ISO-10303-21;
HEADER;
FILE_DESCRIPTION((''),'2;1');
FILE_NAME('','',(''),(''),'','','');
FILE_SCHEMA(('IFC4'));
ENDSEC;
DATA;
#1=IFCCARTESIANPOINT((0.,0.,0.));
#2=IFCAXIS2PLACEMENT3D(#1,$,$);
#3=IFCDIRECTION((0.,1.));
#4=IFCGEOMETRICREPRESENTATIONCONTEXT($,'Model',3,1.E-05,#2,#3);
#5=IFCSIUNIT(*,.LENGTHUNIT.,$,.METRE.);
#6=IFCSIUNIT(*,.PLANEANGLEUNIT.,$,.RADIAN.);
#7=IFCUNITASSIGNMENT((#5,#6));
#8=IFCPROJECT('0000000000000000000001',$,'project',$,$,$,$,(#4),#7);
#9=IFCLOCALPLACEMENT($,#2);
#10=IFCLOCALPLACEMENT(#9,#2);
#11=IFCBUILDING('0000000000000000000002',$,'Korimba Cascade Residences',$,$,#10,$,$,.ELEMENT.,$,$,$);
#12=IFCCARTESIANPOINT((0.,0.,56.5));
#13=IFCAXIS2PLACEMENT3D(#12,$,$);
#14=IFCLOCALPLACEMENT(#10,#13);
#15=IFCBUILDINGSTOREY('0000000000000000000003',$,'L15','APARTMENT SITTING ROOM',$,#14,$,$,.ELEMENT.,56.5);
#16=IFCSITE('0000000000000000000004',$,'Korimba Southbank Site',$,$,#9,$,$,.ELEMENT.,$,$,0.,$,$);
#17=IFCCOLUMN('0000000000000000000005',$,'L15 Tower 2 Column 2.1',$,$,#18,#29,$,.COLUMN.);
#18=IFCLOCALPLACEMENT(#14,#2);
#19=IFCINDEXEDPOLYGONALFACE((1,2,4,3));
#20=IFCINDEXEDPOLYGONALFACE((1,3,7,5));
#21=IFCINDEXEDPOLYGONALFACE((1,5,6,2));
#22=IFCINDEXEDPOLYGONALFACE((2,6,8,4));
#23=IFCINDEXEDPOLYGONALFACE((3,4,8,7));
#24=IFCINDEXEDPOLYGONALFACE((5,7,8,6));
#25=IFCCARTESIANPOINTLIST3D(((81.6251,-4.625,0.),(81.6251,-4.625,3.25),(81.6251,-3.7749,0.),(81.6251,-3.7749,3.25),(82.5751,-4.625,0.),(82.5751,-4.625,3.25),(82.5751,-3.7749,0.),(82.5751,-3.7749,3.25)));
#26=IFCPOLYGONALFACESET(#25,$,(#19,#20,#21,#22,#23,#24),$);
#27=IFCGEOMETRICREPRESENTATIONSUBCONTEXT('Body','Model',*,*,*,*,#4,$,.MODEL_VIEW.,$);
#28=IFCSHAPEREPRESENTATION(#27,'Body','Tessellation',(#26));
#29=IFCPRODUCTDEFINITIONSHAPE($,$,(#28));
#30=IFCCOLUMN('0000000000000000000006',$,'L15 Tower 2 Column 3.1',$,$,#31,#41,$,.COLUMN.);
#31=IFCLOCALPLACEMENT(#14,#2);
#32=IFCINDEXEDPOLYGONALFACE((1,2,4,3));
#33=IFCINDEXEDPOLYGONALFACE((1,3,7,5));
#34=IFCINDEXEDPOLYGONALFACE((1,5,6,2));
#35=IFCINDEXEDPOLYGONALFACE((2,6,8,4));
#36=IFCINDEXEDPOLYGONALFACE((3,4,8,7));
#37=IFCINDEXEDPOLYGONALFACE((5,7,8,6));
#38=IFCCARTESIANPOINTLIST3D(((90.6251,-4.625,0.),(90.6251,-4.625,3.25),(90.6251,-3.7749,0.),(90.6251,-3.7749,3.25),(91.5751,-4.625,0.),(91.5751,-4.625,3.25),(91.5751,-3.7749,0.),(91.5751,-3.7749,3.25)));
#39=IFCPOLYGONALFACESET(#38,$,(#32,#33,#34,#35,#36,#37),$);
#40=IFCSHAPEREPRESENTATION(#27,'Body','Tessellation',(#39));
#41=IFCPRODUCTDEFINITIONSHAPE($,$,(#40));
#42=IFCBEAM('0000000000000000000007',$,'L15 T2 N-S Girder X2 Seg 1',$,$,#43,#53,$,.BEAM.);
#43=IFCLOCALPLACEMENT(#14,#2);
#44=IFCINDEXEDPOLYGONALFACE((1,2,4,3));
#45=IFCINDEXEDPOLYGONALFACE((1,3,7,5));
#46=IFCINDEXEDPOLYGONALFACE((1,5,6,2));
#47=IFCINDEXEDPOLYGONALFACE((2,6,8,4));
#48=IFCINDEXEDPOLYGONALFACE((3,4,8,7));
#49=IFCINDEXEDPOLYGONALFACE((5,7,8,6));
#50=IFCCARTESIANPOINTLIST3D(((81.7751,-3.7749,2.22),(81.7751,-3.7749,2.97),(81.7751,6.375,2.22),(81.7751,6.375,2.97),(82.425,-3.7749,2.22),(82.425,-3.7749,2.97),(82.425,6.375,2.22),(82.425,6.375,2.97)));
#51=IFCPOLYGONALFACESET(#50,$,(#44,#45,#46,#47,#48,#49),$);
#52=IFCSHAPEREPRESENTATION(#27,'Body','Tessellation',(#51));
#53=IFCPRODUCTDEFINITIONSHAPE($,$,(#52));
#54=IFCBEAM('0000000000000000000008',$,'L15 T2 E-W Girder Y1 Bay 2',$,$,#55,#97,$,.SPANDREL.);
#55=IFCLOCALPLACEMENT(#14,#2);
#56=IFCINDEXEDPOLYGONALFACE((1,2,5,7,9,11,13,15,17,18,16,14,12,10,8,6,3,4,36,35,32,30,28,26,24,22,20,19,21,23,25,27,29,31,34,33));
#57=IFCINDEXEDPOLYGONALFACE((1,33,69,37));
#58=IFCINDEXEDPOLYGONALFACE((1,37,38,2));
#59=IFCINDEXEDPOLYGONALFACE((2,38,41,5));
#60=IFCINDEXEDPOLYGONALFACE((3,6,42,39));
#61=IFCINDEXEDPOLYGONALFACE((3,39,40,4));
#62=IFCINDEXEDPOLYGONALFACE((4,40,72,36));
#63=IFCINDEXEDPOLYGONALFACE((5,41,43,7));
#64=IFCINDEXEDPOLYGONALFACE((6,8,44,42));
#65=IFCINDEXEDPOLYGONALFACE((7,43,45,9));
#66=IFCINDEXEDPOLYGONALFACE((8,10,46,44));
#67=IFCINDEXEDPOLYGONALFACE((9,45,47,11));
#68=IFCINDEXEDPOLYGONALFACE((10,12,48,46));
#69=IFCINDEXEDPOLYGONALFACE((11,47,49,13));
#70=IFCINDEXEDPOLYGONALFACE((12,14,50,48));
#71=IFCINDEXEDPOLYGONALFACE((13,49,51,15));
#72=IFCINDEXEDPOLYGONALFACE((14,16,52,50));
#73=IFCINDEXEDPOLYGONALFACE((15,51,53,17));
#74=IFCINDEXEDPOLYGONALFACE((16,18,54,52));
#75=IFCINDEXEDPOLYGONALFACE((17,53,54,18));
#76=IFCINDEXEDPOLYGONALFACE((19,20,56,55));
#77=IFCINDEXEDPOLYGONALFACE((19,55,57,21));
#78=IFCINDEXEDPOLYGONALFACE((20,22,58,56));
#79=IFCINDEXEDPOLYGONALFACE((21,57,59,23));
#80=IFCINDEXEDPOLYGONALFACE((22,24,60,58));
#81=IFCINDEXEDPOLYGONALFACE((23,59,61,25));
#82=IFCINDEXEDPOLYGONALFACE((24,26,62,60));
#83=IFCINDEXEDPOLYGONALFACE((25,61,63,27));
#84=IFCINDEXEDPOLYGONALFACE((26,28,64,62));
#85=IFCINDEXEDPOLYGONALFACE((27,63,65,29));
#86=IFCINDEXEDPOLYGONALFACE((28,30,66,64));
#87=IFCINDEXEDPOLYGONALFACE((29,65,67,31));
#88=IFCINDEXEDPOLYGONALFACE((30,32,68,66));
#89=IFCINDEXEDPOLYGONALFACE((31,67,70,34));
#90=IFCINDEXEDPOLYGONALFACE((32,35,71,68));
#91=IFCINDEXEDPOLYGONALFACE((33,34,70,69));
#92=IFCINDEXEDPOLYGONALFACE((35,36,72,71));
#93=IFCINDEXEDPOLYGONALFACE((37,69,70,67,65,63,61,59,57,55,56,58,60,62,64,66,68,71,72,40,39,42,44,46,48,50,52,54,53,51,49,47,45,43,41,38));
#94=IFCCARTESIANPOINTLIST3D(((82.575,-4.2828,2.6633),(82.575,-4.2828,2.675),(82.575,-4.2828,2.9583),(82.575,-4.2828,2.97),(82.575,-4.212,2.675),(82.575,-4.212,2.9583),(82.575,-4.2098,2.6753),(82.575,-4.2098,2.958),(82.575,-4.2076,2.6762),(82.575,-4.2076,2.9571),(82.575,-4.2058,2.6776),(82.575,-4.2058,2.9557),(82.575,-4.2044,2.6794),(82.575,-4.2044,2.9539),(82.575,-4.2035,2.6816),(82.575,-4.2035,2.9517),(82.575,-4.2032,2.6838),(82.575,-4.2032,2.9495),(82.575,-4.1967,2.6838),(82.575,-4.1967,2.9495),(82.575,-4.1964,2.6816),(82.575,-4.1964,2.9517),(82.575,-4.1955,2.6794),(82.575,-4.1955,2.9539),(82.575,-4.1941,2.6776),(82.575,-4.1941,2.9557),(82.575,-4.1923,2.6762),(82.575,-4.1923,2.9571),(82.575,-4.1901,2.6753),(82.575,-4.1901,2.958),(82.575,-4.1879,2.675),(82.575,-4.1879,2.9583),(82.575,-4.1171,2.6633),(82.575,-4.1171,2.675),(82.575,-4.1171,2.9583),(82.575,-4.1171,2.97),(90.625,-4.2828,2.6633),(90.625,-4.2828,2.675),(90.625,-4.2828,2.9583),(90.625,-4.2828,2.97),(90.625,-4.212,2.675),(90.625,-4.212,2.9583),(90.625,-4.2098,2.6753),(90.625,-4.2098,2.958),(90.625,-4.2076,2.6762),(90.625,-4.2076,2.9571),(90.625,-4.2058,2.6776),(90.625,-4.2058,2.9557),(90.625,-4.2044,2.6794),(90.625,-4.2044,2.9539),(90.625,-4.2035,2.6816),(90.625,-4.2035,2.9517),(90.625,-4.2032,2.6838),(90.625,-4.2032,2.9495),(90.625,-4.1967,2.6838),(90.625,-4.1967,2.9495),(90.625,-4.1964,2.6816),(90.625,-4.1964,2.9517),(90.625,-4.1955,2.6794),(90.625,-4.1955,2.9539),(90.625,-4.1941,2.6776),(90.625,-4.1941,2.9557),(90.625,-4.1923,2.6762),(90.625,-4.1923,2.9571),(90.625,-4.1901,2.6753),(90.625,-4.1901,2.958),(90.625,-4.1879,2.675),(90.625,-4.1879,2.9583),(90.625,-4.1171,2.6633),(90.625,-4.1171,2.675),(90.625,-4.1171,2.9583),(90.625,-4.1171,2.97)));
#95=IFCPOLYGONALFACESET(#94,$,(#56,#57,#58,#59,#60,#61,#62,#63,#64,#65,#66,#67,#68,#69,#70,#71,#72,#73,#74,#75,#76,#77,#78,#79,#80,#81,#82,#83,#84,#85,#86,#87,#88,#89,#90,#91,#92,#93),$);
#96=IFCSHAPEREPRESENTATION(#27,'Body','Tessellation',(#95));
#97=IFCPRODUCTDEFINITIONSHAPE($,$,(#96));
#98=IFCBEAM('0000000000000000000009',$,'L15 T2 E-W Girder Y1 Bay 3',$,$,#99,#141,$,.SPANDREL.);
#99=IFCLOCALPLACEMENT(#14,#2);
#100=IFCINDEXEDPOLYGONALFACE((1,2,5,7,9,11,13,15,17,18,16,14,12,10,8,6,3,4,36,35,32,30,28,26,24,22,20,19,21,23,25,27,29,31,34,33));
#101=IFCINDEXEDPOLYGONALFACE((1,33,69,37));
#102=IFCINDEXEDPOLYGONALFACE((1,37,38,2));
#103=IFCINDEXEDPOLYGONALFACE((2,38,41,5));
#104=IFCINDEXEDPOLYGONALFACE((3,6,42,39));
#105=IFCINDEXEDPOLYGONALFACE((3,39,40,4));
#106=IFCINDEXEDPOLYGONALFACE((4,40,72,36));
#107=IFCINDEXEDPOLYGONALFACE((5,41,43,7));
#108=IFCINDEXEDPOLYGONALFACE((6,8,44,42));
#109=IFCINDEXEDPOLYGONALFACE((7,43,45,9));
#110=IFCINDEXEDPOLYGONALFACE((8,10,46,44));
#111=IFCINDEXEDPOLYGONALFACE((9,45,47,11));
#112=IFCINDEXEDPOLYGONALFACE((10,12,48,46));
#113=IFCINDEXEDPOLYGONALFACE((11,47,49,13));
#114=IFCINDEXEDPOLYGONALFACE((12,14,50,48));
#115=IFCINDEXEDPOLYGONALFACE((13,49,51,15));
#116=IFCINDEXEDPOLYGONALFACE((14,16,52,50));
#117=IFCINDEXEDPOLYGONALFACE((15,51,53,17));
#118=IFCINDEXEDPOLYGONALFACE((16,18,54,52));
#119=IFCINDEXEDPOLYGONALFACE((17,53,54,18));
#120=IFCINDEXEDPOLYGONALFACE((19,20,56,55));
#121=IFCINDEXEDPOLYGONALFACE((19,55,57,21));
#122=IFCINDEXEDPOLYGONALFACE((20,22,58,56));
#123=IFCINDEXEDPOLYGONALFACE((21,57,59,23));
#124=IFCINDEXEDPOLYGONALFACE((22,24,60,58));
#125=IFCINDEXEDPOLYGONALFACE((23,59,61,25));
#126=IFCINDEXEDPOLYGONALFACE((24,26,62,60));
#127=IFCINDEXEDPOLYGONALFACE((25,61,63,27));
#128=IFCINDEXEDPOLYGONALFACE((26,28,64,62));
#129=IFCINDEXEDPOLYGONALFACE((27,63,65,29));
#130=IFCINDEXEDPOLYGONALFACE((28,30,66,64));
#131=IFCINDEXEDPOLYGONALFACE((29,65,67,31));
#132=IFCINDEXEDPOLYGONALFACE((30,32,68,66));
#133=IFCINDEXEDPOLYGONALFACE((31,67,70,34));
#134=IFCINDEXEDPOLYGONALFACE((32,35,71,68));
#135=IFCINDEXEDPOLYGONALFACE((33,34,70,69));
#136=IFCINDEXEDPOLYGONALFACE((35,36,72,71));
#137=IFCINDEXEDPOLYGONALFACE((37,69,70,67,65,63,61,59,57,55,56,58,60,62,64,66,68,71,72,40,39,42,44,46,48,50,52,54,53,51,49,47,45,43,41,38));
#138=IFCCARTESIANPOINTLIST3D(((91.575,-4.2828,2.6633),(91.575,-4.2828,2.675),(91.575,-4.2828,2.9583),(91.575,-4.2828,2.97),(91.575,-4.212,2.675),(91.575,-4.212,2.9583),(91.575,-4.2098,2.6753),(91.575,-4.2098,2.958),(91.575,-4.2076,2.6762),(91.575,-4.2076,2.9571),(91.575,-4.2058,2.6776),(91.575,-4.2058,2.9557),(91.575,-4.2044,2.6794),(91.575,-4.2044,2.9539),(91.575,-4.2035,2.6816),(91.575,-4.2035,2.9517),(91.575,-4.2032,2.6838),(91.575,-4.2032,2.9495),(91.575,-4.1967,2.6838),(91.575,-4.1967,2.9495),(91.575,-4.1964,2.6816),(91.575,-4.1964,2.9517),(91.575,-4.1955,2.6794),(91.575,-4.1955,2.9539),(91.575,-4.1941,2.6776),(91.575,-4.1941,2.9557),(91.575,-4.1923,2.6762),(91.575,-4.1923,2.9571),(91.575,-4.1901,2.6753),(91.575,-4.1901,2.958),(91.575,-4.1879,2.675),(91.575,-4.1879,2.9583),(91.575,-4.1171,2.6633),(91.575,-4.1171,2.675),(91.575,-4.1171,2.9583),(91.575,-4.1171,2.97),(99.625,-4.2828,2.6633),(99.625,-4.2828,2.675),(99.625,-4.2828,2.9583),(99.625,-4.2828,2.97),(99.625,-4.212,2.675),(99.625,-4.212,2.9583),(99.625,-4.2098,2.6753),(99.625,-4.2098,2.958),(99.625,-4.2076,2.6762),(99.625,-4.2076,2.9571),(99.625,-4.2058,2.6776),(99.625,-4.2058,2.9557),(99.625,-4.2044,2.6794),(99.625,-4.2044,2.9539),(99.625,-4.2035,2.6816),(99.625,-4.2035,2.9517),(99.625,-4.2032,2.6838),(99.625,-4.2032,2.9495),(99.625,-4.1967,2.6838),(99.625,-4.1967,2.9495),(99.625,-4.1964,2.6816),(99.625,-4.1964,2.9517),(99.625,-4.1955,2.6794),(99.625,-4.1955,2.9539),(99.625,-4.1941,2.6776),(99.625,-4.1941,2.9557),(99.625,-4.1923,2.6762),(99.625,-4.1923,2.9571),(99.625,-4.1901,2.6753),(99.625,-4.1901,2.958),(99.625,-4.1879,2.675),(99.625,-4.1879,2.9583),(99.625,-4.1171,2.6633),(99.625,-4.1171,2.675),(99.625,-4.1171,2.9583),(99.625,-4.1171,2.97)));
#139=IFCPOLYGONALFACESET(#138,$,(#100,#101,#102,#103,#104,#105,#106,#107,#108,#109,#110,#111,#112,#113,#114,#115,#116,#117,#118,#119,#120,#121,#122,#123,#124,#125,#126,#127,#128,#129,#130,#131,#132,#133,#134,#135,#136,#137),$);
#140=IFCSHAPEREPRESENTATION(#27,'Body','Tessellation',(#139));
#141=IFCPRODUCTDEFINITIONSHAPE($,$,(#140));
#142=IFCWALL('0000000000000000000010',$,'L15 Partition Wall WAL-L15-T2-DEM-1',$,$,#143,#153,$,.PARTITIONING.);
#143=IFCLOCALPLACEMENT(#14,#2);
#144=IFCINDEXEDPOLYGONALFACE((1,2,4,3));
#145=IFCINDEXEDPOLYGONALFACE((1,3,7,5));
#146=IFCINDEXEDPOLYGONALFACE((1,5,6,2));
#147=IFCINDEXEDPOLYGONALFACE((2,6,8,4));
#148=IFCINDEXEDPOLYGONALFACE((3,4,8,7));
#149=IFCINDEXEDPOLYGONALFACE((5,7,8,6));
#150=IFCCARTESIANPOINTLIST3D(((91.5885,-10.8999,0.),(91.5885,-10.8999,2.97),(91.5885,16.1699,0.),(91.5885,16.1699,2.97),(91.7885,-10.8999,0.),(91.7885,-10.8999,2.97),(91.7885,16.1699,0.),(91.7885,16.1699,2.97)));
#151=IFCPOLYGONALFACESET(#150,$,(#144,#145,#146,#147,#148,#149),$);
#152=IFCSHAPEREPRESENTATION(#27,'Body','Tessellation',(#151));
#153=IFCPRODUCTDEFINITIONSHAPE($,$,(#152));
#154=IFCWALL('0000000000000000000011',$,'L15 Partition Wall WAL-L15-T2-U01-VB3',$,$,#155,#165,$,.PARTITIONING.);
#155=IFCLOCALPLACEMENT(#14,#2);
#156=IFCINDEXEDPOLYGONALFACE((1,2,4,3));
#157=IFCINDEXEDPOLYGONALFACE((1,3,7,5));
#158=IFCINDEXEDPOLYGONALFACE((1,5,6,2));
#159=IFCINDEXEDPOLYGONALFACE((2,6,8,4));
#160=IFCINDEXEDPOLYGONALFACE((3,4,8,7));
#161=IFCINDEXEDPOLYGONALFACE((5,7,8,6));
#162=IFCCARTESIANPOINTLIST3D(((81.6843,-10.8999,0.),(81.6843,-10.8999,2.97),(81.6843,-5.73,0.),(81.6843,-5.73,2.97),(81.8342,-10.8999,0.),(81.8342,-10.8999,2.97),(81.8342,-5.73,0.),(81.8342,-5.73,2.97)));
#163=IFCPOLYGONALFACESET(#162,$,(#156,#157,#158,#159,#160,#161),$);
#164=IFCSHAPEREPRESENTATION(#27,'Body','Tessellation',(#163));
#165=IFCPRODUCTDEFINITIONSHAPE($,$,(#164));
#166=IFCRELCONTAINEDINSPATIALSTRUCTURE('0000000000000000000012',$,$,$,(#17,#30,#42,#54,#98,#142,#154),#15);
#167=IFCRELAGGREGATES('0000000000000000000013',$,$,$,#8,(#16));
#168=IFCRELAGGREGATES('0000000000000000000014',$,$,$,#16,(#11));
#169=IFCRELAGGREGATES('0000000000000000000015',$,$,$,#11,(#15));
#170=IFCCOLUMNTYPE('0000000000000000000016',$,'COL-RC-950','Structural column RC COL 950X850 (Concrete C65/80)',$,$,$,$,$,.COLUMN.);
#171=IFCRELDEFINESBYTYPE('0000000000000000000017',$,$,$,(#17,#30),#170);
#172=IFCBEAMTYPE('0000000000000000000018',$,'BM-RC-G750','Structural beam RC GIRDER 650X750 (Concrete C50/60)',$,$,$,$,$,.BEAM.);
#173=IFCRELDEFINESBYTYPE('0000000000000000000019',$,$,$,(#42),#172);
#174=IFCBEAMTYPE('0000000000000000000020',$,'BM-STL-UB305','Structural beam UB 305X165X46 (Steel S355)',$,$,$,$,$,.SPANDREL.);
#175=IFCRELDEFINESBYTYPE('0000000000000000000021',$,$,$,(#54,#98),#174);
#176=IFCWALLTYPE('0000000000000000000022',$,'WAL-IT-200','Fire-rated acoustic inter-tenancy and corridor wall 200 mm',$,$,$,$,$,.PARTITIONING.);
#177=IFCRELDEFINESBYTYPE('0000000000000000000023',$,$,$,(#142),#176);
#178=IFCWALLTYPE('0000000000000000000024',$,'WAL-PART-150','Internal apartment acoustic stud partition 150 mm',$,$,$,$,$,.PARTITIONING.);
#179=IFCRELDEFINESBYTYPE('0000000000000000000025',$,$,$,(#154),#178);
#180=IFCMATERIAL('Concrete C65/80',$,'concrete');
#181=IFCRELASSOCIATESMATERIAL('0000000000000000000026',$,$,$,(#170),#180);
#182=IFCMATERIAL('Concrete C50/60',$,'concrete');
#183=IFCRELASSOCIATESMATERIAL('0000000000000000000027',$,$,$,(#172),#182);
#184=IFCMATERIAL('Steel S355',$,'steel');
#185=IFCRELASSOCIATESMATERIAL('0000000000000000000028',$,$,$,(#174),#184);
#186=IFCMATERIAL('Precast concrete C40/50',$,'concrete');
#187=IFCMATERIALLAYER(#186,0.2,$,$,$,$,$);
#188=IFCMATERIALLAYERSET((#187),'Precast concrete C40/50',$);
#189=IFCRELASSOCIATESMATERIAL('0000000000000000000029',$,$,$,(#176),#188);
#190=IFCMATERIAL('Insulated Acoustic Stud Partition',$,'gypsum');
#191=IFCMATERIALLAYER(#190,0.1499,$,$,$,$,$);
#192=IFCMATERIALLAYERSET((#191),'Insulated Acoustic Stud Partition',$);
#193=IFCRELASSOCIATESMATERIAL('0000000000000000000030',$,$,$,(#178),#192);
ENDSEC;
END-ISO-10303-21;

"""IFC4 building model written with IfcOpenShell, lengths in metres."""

from ifc_helpers import new_model, si_unit, direction, frame, frame_2d, origin, origin_2d, place, context, subcontext, project, spatial, rectangle, i_section, extrude, material, layer, layer_set, material_profile, profile_set, type_object, element, save


model = new_model("IFC4")

# Units and contexts
model_context = context("Model", 3, precision=1e-05, world=origin(), true_north=direction((0.0, 1.0)))
body_context = subcontext(model_context, "Body", "Model", "MODEL_VIEW")
ifc_project = project(units=[si_unit("LENGTHUNIT", "METRE"), si_unit("PLANEANGLEUNIT", "RADIAN")], contexts=[model_context])

# Site, building, storey
site_placement = place(None, origin())
site = spatial("IfcSite", under=ifc_project, at=site_placement, Name="Korimba Southbank Site", CompositionType="ELEMENT", RefElevation=0.0)
building_placement = place(site_placement, origin())
building = spatial("IfcBuilding", under=site, at=building_placement, Name="Korimba Cascade Residences", CompositionType="ELEMENT")
storey_placement = place(building_placement, frame((0.0, 0.0, 56.5)))
storey = spatial("IfcBuildingStorey", under=building, at=storey_placement, Name="L15", Description="APARTMENT SITTING ROOM", CompositionType="ELEMENT", Elevation=56.5)

# Columns
ifc_material_1 = material(Name="Concrete C65/80", Category="concrete")
ifc_material_profile_1 = material_profile(ifc_material_1, rectangle(XDim=0.95, YDim=0.8501, at=origin_2d()), Name="Concrete C65/80")
ifc_profile_set_1 = profile_set([ifc_material_profile_1], Name="Concrete C65/80")
column_type = type_object("IfcColumnType", Name="COL-RC-950", Description="Structural column RC COL 950X850 (Concrete C65/80)", PredefinedType="COLUMN", material=ifc_profile_set_1)
for number, where, z_axis, x_axis, name in (
    (1, (82.1001, -4.2, 0.0), (0.0, 0.0, 1.0), (1.0, 0.0, 0.0), "L15 Tower 2 Column 2.1"),
    (2, (91.1001, -4.2, 0.0), (0.0, 0.0, 1.0), (1.0, 0.0, 0.0), "L15 Tower 2 Column 3.1"),
):
    element("IfcColumn", number, at=place(storey_placement, frame(where, z_axis=z_axis, x_axis=x_axis)), inside=storey, type_object=column_type, Name=name, PredefinedType="COLUMN", context=body_context, shape_type="SweptSolid", body=[
        extrude(rectangle(XDim=0.95, YDim=0.8501, at=origin_2d()), origin(), (0.0, 0.0, 1.0), 3.25),
    ])

# Beams
ifc_material_2 = material(Name="Concrete C50/60", Category="concrete")
ifc_material_profile_2 = material_profile(ifc_material_2, rectangle(XDim=0.6499, YDim=0.75, at=origin_2d()), Name="Concrete C50/60")
ifc_profile_set_2 = profile_set([ifc_material_profile_2], Name="Concrete C50/60")
beam_type_1 = type_object("IfcBeamType", Name="BM-RC-G750", Description="Structural beam RC GIRDER 650X750 (Concrete C50/60)", PredefinedType="BEAM", material=ifc_profile_set_2)
beam_placement = place(storey_placement, frame((82.1001, -3.7749, 2.595), z_axis=(0.0, 1.0, 0.0), x_axis=(-1.0, 0.0, 0.0)))
element("IfcBeam", 3, at=beam_placement, inside=storey, type_object=beam_type_1, Name="L15 T2 N-S Girder X2 Seg 1", PredefinedType="BEAM", context=body_context, shape_type="SweptSolid", body=[
    extrude(rectangle(XDim=0.6499, YDim=0.75, at=origin_2d()), origin(), (0.0, 0.0, 1.0), 10.1499),
])
ifc_material_3 = material(Name="Steel S355", Category="steel")
ifc_material_profile_3 = material_profile(ifc_material_3, i_section(OverallWidth=0.1658, OverallDepth=0.3066, WebThickness=0.0066, FlangeThickness=0.0117, FilletRadius=0.0088, at=origin_2d()), Name="Steel S355")
ifc_profile_set_3 = profile_set([ifc_material_profile_3], Name="Steel S355")
beam_type_2 = type_object("IfcBeamType", Name="BM-STL-UB305", Description="Structural beam UB 305X165X46 (Steel S355)", PredefinedType="SPANDREL", material=ifc_profile_set_3)
for number, where, z_axis, x_axis, name in (
    (4, (82.575, -4.2, 2.8167), (1.0, 0.0, 0.0), (0.0, 1.0, 0.0), "L15 T2 E-W Girder Y1 Bay 2"),
    (5, (91.575, -4.2, 2.8167), (1.0, 0.0, 0.0), (0.0, 1.0, 0.0), "L15 T2 E-W Girder Y1 Bay 3"),
):
    element("IfcBeam", number, at=place(storey_placement, frame(where, z_axis=z_axis, x_axis=x_axis)), inside=storey, type_object=beam_type_2, Name=name, PredefinedType="SPANDREL", context=body_context, shape_type="SweptSolid", body=[
        extrude(i_section(OverallWidth=0.1658, OverallDepth=0.3066, WebThickness=0.0066, FlangeThickness=0.0117, FilletRadius=0.0088, at=origin_2d()), origin(), (0.0, 0.0, 1.0), 8.05),
    ])

# Walls
ifc_material_4 = material(Name="Precast concrete C40/50", Category="concrete")
ifc_layer_1 = layer(ifc_material_4, 0.2)
ifc_layer_set_1 = layer_set([ifc_layer_1], Name="Precast concrete C40/50")
wall_type_1 = type_object("IfcWallType", Name="WAL-IT-200", Description="Fire-rated acoustic inter-tenancy and corridor wall 200 mm", PredefinedType="PARTITIONING", material=ifc_layer_set_1)
wall_1_placement = place(storey_placement, frame((91.6885, -10.8999, 0.0), z_axis=(0.0, 0.0, 1.0), x_axis=(0.0, 1.0, 0.0)))
element("IfcWall", 6, at=wall_1_placement, inside=storey, type_object=wall_type_1, Name="L15 Partition Wall WAL-L15-T2-DEM-1", PredefinedType="PARTITIONING", context=body_context, shape_type="SweptSolid", body=[
    extrude(rectangle(XDim=27.0698, YDim=0.2, at=frame_2d((13.5349, 0.0))), origin(), (0.0, 0.0, 1.0), 2.97),
])
ifc_material_5 = material(Name="Insulated Acoustic Stud Partition", Category="gypsum")
ifc_layer_2 = layer(ifc_material_5, 0.1499)
ifc_layer_set_2 = layer_set([ifc_layer_2], Name="Insulated Acoustic Stud Partition")
wall_type_2 = type_object("IfcWallType", Name="WAL-PART-150", Description="Internal apartment acoustic stud partition 150 mm", PredefinedType="PARTITIONING", material=ifc_layer_set_2)
wall_2_placement = place(storey_placement, frame((81.7593, -10.8999, 0.0), z_axis=(0.0, 0.0, 1.0), x_axis=(0.0, 1.0, 0.0)))
element("IfcWall", 7, at=wall_2_placement, inside=storey, type_object=wall_type_2, Name="L15 Partition Wall WAL-L15-T2-U01-VB3", PredefinedType="PARTITIONING", context=body_context, shape_type="SweptSolid", body=[
    extrude(rectangle(XDim=5.1699, YDim=0.1499, at=frame_2d((2.585, 0.0))), origin(), (0.0, 0.0, 1.0), 2.97),
])

save(model, "model.ifc")
